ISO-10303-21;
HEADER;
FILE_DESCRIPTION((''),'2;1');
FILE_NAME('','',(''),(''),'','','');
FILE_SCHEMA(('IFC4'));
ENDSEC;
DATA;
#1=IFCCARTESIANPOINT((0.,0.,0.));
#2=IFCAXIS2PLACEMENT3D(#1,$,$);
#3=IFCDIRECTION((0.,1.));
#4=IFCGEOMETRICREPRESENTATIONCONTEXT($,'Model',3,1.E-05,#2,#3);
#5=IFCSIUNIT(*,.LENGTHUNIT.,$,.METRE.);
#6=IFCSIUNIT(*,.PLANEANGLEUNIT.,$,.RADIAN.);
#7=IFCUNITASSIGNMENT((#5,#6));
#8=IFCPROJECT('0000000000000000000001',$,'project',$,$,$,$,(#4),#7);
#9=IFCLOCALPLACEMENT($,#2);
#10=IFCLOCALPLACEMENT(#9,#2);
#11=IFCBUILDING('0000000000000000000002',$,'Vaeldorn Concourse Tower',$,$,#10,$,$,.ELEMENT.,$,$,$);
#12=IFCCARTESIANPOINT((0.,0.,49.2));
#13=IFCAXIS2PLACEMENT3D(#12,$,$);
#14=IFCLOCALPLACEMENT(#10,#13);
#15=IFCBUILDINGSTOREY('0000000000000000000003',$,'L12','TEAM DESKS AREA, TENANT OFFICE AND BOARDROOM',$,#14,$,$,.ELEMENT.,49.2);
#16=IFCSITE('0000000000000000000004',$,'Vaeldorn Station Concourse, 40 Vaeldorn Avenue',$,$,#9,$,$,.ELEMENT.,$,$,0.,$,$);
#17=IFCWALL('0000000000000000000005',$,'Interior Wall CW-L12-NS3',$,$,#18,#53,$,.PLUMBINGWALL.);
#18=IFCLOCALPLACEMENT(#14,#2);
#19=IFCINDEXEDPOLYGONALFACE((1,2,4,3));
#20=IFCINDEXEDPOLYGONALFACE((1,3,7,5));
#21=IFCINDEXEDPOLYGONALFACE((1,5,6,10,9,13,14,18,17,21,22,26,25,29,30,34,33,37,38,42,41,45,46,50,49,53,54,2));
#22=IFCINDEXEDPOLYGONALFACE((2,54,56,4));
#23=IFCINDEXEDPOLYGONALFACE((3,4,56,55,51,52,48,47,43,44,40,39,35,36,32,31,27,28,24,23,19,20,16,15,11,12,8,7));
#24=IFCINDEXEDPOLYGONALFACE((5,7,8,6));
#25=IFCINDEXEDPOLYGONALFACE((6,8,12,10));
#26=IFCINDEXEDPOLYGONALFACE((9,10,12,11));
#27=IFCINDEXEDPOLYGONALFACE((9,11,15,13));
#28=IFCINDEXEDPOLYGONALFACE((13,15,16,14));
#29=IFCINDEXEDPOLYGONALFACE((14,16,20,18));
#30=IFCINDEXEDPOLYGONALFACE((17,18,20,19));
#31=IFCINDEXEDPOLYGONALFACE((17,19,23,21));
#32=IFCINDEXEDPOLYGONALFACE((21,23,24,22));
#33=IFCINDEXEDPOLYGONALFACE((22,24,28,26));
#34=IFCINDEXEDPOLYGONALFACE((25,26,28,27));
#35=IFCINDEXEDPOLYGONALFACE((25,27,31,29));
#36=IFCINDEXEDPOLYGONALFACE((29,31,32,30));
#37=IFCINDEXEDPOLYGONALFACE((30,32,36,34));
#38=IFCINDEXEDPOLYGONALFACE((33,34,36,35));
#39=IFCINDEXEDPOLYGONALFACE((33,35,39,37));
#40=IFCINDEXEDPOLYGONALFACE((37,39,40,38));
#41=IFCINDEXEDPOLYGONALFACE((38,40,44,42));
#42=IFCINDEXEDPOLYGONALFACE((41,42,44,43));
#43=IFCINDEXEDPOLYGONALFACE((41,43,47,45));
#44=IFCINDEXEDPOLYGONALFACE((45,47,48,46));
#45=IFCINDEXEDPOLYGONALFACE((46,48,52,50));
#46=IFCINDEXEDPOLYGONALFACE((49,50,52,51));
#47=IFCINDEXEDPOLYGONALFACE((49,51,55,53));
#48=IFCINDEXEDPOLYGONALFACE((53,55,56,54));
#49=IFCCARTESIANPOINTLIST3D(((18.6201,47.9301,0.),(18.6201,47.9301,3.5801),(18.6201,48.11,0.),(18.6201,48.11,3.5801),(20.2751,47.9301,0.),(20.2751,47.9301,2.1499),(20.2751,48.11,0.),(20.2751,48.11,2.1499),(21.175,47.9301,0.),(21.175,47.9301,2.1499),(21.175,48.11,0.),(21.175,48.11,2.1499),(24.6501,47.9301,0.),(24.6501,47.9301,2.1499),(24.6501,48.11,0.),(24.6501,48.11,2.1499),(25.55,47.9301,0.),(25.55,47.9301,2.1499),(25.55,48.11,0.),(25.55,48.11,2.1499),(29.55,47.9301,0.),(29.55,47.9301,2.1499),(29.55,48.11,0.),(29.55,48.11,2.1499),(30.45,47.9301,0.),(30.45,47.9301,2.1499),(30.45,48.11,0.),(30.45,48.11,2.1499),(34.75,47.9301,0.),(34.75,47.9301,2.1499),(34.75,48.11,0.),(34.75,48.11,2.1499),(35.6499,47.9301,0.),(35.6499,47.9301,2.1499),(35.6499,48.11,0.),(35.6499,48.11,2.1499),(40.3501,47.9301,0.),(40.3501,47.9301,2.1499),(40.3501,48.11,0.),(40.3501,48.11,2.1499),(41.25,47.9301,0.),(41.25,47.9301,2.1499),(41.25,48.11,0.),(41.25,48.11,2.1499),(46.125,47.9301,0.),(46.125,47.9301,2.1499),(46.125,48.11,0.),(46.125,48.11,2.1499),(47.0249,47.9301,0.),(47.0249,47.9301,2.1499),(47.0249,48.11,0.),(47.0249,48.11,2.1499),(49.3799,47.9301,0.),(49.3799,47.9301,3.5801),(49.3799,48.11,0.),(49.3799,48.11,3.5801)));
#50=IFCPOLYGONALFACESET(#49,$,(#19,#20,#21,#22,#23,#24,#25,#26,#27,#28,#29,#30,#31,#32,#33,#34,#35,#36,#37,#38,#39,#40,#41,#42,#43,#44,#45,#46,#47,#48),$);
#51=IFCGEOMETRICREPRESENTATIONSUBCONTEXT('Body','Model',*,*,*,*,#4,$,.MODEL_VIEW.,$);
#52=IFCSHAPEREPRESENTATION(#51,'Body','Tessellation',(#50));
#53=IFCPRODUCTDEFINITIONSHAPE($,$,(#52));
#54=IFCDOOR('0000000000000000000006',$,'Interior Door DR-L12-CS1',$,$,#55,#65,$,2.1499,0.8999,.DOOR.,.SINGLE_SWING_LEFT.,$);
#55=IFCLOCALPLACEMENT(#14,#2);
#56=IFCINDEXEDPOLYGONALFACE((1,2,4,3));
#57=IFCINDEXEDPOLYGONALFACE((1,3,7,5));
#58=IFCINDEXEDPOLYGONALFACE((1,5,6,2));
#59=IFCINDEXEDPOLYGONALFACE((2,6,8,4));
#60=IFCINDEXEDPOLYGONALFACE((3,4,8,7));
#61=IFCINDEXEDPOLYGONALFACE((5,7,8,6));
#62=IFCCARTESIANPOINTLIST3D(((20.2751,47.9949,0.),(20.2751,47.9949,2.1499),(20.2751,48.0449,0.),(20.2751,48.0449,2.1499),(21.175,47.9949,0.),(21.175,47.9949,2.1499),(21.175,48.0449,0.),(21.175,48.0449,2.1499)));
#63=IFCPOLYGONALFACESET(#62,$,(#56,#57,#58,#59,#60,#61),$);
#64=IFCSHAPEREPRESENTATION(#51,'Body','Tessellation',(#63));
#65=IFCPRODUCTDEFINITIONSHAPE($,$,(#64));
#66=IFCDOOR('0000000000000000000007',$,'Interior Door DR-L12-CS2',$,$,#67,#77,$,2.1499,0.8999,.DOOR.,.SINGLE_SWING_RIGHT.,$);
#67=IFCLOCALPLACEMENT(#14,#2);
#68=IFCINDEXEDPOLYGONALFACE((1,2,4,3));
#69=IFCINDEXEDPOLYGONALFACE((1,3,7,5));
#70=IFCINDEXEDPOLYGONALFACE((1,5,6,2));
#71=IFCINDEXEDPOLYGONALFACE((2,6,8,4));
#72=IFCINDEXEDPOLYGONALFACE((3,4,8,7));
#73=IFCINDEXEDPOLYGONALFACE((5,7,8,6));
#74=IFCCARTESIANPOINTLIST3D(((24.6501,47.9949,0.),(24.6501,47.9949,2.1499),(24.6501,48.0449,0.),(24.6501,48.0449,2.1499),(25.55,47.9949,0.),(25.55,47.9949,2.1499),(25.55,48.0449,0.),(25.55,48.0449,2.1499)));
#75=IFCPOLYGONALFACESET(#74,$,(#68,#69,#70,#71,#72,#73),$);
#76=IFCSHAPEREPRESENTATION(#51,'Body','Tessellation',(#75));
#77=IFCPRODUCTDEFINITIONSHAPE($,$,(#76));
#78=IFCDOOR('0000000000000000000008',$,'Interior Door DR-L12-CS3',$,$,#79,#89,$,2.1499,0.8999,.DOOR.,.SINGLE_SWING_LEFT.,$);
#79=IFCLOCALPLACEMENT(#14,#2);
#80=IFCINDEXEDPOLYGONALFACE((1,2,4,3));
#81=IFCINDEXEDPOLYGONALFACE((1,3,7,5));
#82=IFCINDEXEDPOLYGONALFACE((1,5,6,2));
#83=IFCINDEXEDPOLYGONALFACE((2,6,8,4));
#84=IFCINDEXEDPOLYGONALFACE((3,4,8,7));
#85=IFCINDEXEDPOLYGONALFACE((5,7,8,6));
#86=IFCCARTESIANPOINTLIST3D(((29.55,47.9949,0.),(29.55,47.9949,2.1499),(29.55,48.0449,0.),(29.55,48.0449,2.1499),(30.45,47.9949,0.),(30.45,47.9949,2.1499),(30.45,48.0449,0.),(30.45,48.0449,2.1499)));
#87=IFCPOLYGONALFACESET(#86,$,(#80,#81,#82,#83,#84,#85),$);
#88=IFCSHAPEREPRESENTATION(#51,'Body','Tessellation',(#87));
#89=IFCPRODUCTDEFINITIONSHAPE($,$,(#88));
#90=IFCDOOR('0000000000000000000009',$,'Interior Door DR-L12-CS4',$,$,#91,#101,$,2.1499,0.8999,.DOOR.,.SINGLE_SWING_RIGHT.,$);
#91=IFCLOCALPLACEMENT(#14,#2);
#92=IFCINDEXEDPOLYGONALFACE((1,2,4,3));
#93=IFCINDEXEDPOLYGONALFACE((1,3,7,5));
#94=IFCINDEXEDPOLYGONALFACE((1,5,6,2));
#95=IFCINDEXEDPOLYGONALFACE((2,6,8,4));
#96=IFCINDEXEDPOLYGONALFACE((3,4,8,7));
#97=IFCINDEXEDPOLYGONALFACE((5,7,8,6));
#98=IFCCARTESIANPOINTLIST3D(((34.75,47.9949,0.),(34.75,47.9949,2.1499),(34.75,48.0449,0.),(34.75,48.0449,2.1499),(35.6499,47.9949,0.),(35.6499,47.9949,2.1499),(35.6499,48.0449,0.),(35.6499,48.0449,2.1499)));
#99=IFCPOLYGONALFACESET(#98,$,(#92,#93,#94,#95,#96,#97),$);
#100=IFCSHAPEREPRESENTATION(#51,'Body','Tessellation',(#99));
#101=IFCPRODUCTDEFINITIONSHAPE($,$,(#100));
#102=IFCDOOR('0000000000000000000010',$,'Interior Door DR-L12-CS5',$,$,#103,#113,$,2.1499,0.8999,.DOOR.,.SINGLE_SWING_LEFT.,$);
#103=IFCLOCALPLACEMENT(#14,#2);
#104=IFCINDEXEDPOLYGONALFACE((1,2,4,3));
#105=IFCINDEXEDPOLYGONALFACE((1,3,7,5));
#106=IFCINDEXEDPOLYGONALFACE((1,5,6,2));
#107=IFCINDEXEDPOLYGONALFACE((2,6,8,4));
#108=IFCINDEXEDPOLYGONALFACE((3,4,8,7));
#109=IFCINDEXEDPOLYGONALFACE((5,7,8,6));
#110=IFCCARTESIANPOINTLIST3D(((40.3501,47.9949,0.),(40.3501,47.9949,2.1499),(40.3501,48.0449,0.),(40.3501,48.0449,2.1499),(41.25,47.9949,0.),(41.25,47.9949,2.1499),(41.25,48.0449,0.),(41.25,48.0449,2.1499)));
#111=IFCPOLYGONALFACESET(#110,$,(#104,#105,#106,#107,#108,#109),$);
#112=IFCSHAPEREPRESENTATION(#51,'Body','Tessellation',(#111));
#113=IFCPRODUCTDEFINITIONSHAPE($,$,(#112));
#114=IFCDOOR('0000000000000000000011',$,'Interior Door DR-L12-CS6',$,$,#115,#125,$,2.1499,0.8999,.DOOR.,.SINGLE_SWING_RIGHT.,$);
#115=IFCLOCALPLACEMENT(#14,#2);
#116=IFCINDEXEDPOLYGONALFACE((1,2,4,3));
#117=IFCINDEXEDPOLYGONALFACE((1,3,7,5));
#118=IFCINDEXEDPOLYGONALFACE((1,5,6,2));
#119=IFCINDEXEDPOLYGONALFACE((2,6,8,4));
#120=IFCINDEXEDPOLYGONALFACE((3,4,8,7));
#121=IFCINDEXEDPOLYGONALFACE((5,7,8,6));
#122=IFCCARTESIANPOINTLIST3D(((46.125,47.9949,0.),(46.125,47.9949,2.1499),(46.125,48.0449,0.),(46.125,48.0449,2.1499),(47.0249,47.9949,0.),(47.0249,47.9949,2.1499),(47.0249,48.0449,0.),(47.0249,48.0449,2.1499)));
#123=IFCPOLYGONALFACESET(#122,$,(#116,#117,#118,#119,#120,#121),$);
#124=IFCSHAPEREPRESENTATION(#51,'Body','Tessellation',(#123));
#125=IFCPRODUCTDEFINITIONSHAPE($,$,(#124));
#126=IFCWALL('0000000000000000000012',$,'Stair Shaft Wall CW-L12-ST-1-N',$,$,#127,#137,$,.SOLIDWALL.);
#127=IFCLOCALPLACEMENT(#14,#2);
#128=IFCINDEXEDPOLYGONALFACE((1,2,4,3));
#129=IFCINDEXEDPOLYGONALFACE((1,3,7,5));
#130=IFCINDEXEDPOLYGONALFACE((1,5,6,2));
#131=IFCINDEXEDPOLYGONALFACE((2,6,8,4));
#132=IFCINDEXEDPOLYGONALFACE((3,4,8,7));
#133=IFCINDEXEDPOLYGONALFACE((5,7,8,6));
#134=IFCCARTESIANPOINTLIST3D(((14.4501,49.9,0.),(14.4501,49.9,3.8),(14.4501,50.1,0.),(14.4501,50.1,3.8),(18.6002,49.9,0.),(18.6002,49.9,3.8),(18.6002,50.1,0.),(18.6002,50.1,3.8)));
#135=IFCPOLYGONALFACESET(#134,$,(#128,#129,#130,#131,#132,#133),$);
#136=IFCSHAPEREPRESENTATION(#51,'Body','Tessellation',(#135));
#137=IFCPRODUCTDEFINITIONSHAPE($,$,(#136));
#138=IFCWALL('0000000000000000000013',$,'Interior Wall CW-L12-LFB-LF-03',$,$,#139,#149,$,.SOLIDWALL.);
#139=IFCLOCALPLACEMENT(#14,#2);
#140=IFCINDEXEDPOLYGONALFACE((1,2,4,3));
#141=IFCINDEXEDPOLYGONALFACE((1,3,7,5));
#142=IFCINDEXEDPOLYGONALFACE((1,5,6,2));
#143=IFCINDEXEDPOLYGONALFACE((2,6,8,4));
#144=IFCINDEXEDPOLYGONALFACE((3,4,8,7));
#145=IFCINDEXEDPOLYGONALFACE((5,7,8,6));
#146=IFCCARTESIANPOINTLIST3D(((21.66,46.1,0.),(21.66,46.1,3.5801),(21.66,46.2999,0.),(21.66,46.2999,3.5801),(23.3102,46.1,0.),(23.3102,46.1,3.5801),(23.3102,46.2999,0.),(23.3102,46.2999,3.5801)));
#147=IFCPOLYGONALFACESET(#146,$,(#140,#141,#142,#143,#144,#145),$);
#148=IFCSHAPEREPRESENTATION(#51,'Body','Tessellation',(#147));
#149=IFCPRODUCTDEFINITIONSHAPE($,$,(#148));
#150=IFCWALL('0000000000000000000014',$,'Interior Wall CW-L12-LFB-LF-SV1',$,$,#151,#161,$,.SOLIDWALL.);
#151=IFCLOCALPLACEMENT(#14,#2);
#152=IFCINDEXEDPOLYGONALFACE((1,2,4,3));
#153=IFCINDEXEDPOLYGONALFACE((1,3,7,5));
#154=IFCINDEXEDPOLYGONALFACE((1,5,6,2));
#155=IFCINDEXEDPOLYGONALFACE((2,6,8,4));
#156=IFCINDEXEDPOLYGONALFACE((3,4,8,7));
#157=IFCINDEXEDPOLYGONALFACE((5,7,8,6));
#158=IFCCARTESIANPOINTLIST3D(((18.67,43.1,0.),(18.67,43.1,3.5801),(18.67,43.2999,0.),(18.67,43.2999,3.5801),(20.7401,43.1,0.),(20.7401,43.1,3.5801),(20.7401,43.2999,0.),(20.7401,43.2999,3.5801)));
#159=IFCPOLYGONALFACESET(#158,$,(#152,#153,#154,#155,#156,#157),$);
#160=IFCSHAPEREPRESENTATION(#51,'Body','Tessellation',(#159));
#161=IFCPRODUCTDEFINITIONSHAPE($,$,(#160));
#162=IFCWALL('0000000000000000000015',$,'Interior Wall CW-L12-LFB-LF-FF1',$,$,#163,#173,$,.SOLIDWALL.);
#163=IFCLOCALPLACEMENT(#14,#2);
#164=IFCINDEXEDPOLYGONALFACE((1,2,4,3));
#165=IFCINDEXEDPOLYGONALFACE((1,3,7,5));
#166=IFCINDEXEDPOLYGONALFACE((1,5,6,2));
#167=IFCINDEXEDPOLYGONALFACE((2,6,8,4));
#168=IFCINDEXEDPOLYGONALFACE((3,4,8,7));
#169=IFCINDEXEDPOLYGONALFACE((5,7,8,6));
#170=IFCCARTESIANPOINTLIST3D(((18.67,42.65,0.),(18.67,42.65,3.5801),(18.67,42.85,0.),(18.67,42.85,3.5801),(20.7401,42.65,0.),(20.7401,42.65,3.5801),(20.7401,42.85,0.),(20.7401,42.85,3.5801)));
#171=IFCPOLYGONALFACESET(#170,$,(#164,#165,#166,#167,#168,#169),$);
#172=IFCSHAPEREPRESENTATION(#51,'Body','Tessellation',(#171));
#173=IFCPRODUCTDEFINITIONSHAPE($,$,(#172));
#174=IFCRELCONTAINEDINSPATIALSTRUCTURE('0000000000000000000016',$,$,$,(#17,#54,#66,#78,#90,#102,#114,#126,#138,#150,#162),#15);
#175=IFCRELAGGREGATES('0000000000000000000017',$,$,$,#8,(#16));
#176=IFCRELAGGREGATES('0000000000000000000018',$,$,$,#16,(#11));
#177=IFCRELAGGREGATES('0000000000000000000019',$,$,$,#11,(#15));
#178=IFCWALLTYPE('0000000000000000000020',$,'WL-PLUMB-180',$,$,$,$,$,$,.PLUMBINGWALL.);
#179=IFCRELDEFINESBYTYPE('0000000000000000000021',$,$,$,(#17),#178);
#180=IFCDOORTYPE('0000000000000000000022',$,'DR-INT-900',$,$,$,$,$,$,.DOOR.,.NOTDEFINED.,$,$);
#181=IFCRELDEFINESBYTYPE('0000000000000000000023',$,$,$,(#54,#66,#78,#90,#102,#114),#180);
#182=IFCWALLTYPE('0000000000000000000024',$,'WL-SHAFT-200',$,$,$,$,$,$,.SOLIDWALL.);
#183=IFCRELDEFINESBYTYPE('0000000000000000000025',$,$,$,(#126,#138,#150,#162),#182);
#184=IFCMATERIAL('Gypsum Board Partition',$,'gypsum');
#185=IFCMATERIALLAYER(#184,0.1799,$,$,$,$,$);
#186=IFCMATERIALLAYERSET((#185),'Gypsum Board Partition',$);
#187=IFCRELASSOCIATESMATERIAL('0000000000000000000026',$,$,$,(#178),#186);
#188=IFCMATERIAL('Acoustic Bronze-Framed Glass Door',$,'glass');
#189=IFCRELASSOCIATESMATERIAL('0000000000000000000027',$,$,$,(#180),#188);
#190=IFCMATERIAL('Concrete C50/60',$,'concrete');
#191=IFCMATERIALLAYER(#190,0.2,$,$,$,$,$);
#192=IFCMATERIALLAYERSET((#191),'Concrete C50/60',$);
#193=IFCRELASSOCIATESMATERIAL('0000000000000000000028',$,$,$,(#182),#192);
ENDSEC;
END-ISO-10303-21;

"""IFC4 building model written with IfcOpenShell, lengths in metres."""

from ifc_helpers import new_model, si_unit, direction, frame, frame_2d, origin, place, context, subcontext, project, spatial, rectangle, extrude, source, transform, mapped, material, layer, layer_set, type_object, element, fill, save


model = new_model("IFC4")

# Units and contexts
model_context = context("Model", 3, precision=1e-05, world=origin(), true_north=direction((0.0, 1.0)))
body_context = subcontext(model_context, "Body", "Model", "MODEL_VIEW")
ifc_project = project(units=[si_unit("LENGTHUNIT", "METRE"), si_unit("PLANEANGLEUNIT", "RADIAN")], contexts=[model_context])

# Site, building, storey
site_placement = place(None, origin())
site = spatial("IfcSite", under=ifc_project, at=site_placement, Name="Vaeldorn Station Concourse, 40 Vaeldorn Avenue", CompositionType="ELEMENT", RefElevation=0.0)
building_placement = place(site_placement, origin())
building = spatial("IfcBuilding", under=site, at=building_placement, Name="Vaeldorn Concourse Tower", CompositionType="ELEMENT")
storey_placement = place(building_placement, frame((0.0, 0.0, 49.2)))
storey = spatial("IfcBuildingStorey", under=building, at=storey_placement, Name="L12", Description="TEAM DESKS AREA, TENANT OFFICE AND BOARDROOM", CompositionType="ELEMENT", Elevation=49.2)

# Wall, openings, doors
ifc_material_1 = material(Name="Gypsum Board Partition", Category="gypsum")
ifc_layer_1 = layer(ifc_material_1, 0.1799)
ifc_layer_set_1 = layer_set([ifc_layer_1], Name="Gypsum Board Partition")
wall_type_1 = type_object("IfcWallType", Name="WL-PLUMB-180", PredefinedType="PLUMBINGWALL", material=ifc_layer_set_1)
wall_1_placement = place(storey_placement, frame((18.6201, 48.02, 0.0), z_axis=(0.0, 0.0, 1.0), x_axis=(1.0, 0.0, 0.0)))
wall_1 = element("IfcWall", 1, at=wall_1_placement, inside=storey, type_object=wall_type_1, Name="Interior Wall CW-L12-NS3", PredefinedType="PLUMBINGWALL", context=body_context, shape_type="SweptSolid", body=[
    extrude(rectangle(XDim=30.7598, YDim=0.1799, at=frame_2d((15.3799, 0.0))), origin(), (0.0, 0.0, 1.0), 3.5801),
])
opening_1_placement = place(wall_1_placement, frame((1.655, 0.0, 0.0)))
opening_1 = element("IfcOpeningElement", 2, at=opening_1_placement, cuts=wall_1, PredefinedType="OPENING", context=body_context, shape_type="SweptSolid", body=[
    extrude(rectangle(XDim=0.8999, YDim=2.1499, at=frame_2d((0.45, 1.075))), frame((0.0, 0.1001, 0.0), z_axis=(0.0, -1.0, 0.0), x_axis=(1.0, 0.0, 0.0)), (0.0, 0.0, 1.0), 0.2),
])
opening_2_placement = place(wall_1_placement, frame((6.03, 0.0, 0.0)))
opening_2 = element("IfcOpeningElement", 3, at=opening_2_placement, cuts=wall_1, PredefinedType="OPENING", context=body_context, shape_type="SweptSolid", body=[
    extrude(rectangle(XDim=0.8999, YDim=2.1499, at=frame_2d((0.45, 1.075))), frame((0.0, 0.1001, 0.0), z_axis=(0.0, -1.0, 0.0), x_axis=(1.0, 0.0, 0.0)), (0.0, 0.0, 1.0), 0.2),
])
opening_3_placement = place(wall_1_placement, frame((10.9299, 0.0, 0.0)))
opening_3 = element("IfcOpeningElement", 4, at=opening_3_placement, cuts=wall_1, PredefinedType="OPENING", context=body_context, shape_type="SweptSolid", body=[
    extrude(rectangle(XDim=0.8999, YDim=2.1499, at=frame_2d((0.45, 1.075))), frame((0.0, 0.1001, 0.0), z_axis=(0.0, -1.0, 0.0), x_axis=(1.0, 0.0, 0.0)), (0.0, 0.0, 1.0), 0.2),
])
opening_4_placement = place(wall_1_placement, frame((16.1299, 0.0, 0.0)))
opening_4 = element("IfcOpeningElement", 5, at=opening_4_placement, cuts=wall_1, PredefinedType="OPENING", context=body_context, shape_type="SweptSolid", body=[
    extrude(rectangle(XDim=0.8999, YDim=2.1499, at=frame_2d((0.45, 1.075))), frame((0.0, 0.1001, 0.0), z_axis=(0.0, -1.0, 0.0), x_axis=(1.0, 0.0, 0.0)), (0.0, 0.0, 1.0), 0.2),
])
opening_5_placement = place(wall_1_placement, frame((21.73, 0.0, 0.0)))
opening_5 = element("IfcOpeningElement", 6, at=opening_5_placement, cuts=wall_1, PredefinedType="OPENING", context=body_context, shape_type="SweptSolid", body=[
    extrude(rectangle(XDim=0.8999, YDim=2.1499, at=frame_2d((0.45, 1.075))), frame((0.0, 0.1001, 0.0), z_axis=(0.0, -1.0, 0.0), x_axis=(1.0, 0.0, 0.0)), (0.0, 0.0, 1.0), 0.2),
])
opening_6_placement = place(wall_1_placement, frame((27.5049, 0.0, 0.0)))
opening_6 = element("IfcOpeningElement", 7, at=opening_6_placement, cuts=wall_1, PredefinedType="OPENING", context=body_context, shape_type="SweptSolid", body=[
    extrude(rectangle(XDim=0.8999, YDim=2.1499, at=frame_2d((0.45, 1.075))), frame((0.0, 0.1001, 0.0), z_axis=(0.0, -1.0, 0.0), x_axis=(1.0, 0.0, 0.0)), (0.0, 0.0, 1.0), 0.2),
])
ifc_material_2 = material(Name="Acoustic Bronze-Framed Glass Door", Category="glass")
door_type_1 = type_object("IfcDoorType", Name="DR-INT-900", OperationType="NOTDEFINED", PredefinedType="DOOR", material=ifc_material_2)
shared_shape_1 = source(origin(), body_context, "Body", "SweptSolid", [
    extrude(rectangle(XDim=0.8999, YDim=2.1499, at=frame_2d((0.45, 1.075))), frame((0.0, 0.0249, 0.0), z_axis=(0.0, -1.0, 0.0), x_axis=(1.0, 0.0, 0.0)), (0.0, 0.0, 1.0), 0.05),
])
door_1_placement = place(opening_1_placement, origin())
door_1 = element("IfcDoor", 8, at=door_1_placement, inside=storey, type_object=door_type_1, Name="Interior Door DR-L12-CS1", OperationType="SINGLE_SWING_LEFT", OverallHeight=2.1499, OverallWidth=0.8999, PredefinedType="DOOR", context=body_context, shape_type="MappedRepresentation", body=[
    mapped(shared_shape_1, transform((0.0, 0.0, 0.0), scale=1.0)),
])
fill(opening_1, door_1)
door_2_placement = place(opening_2_placement, origin())
door_2 = element("IfcDoor", 9, at=door_2_placement, inside=storey, type_object=door_type_1, Name="Interior Door DR-L12-CS2", OperationType="SINGLE_SWING_RIGHT", OverallHeight=2.1499, OverallWidth=0.8999, PredefinedType="DOOR", context=body_context, shape_type="MappedRepresentation", body=[
    mapped(shared_shape_1, transform((0.0, 0.0, 0.0), scale=1.0)),
])
fill(opening_2, door_2)
door_3_placement = place(opening_3_placement, origin())
door_3 = element("IfcDoor", 10, at=door_3_placement, inside=storey, type_object=door_type_1, Name="Interior Door DR-L12-CS3", OperationType="SINGLE_SWING_LEFT", OverallHeight=2.1499, OverallWidth=0.8999, PredefinedType="DOOR", context=body_context, shape_type="MappedRepresentation", body=[
    mapped(shared_shape_1, transform((0.0, 0.0, 0.0), scale=1.0)),
])
fill(opening_3, door_3)
door_4_placement = place(opening_4_placement, origin())
door_4 = element("IfcDoor", 11, at=door_4_placement, inside=storey, type_object=door_type_1, Name="Interior Door DR-L12-CS4", OperationType="SINGLE_SWING_RIGHT", OverallHeight=2.1499, OverallWidth=0.8999, PredefinedType="DOOR", context=body_context, shape_type="MappedRepresentation", body=[
    mapped(shared_shape_1, transform((0.0, 0.0, 0.0), scale=1.0)),
])
fill(opening_4, door_4)
door_5_placement = place(opening_5_placement, origin())
door_5 = element("IfcDoor", 12, at=door_5_placement, inside=storey, type_object=door_type_1, Name="Interior Door DR-L12-CS5", OperationType="SINGLE_SWING_LEFT", OverallHeight=2.1499, OverallWidth=0.8999, PredefinedType="DOOR", context=body_context, shape_type="MappedRepresentation", body=[
    mapped(shared_shape_1, transform((0.0, 0.0, 0.0), scale=1.0)),
])
fill(opening_5, door_5)
door_6_placement = place(opening_6_placement, origin())
door_6 = element("IfcDoor", 13, at=door_6_placement, inside=storey, type_object=door_type_1, Name="Interior Door DR-L12-CS6", OperationType="SINGLE_SWING_RIGHT", OverallHeight=2.1499, OverallWidth=0.8999, PredefinedType="DOOR", context=body_context, shape_type="MappedRepresentation", body=[
    mapped(shared_shape_1, transform((0.0, 0.0, 0.0), scale=1.0)),
])
fill(opening_6, door_6)

# Wall
ifc_material_3 = material(Name="Concrete C50/60", Category="concrete")
ifc_layer_2 = layer(ifc_material_3, 0.2)
ifc_layer_set_2 = layer_set([ifc_layer_2], Name="Concrete C50/60")
wall_type_2 = type_object("IfcWallType", Name="WL-SHAFT-200", PredefinedType="SOLIDWALL", material=ifc_layer_set_2)
wall_2_placement = place(storey_placement, frame((14.45, 50.0, 0.0), z_axis=(0.0, 0.0, 1.0), x_axis=(1.0, 0.0, 0.0)))
element("IfcWall", 14, at=wall_2_placement, inside=storey, type_object=wall_type_2, Name="Stair Shaft Wall CW-L12-ST-1-N", PredefinedType="SOLIDWALL", context=body_context, shape_type="SweptSolid", body=[
    extrude(rectangle(XDim=4.1501, YDim=0.2, at=frame_2d((2.0752, 0.0))), origin(), (0.0, 0.0, 1.0), 3.8),
])

# Wall
wall_3_placement = place(storey_placement, frame((21.6599, 46.2, 0.0), z_axis=(0.0, 0.0, 1.0), x_axis=(1.0, 0.0, 0.0)))
element("IfcWall", 15, at=wall_3_placement, inside=storey, type_object=wall_type_2, Name="Interior Wall CW-L12-LFB-LF-03", PredefinedType="SOLIDWALL", context=body_context, shape_type="SweptSolid", body=[
    extrude(rectangle(XDim=1.6501, YDim=0.2, at=frame_2d((0.8252, 0.0))), origin(), (0.0, 0.0, 1.0), 3.5801),
])

# Walls
for number, where, z_axis, x_axis, name in (
    (16, (18.6699, 43.2, 0.0), (0.0, 0.0, 1.0), (1.0, 0.0, 0.0), "Interior Wall CW-L12-LFB-LF-SV1"),
    (17, (18.6699, 42.75, 0.0), (0.0, 0.0, 1.0), (1.0, 0.0, 0.0), "Interior Wall CW-L12-LFB-LF-FF1"),
):
    element("IfcWall", number, at=place(storey_placement, frame(where, z_axis=z_axis, x_axis=x_axis)), inside=storey, type_object=wall_type_2, Name=name, PredefinedType="SOLIDWALL", context=body_context, shape_type="SweptSolid", body=[
        extrude(rectangle(XDim=2.0701, YDim=0.2, at=frame_2d((1.0352, 0.0))), origin(), (0.0, 0.0, 1.0), 3.5801),
    ])

save(model, "model.ifc")
